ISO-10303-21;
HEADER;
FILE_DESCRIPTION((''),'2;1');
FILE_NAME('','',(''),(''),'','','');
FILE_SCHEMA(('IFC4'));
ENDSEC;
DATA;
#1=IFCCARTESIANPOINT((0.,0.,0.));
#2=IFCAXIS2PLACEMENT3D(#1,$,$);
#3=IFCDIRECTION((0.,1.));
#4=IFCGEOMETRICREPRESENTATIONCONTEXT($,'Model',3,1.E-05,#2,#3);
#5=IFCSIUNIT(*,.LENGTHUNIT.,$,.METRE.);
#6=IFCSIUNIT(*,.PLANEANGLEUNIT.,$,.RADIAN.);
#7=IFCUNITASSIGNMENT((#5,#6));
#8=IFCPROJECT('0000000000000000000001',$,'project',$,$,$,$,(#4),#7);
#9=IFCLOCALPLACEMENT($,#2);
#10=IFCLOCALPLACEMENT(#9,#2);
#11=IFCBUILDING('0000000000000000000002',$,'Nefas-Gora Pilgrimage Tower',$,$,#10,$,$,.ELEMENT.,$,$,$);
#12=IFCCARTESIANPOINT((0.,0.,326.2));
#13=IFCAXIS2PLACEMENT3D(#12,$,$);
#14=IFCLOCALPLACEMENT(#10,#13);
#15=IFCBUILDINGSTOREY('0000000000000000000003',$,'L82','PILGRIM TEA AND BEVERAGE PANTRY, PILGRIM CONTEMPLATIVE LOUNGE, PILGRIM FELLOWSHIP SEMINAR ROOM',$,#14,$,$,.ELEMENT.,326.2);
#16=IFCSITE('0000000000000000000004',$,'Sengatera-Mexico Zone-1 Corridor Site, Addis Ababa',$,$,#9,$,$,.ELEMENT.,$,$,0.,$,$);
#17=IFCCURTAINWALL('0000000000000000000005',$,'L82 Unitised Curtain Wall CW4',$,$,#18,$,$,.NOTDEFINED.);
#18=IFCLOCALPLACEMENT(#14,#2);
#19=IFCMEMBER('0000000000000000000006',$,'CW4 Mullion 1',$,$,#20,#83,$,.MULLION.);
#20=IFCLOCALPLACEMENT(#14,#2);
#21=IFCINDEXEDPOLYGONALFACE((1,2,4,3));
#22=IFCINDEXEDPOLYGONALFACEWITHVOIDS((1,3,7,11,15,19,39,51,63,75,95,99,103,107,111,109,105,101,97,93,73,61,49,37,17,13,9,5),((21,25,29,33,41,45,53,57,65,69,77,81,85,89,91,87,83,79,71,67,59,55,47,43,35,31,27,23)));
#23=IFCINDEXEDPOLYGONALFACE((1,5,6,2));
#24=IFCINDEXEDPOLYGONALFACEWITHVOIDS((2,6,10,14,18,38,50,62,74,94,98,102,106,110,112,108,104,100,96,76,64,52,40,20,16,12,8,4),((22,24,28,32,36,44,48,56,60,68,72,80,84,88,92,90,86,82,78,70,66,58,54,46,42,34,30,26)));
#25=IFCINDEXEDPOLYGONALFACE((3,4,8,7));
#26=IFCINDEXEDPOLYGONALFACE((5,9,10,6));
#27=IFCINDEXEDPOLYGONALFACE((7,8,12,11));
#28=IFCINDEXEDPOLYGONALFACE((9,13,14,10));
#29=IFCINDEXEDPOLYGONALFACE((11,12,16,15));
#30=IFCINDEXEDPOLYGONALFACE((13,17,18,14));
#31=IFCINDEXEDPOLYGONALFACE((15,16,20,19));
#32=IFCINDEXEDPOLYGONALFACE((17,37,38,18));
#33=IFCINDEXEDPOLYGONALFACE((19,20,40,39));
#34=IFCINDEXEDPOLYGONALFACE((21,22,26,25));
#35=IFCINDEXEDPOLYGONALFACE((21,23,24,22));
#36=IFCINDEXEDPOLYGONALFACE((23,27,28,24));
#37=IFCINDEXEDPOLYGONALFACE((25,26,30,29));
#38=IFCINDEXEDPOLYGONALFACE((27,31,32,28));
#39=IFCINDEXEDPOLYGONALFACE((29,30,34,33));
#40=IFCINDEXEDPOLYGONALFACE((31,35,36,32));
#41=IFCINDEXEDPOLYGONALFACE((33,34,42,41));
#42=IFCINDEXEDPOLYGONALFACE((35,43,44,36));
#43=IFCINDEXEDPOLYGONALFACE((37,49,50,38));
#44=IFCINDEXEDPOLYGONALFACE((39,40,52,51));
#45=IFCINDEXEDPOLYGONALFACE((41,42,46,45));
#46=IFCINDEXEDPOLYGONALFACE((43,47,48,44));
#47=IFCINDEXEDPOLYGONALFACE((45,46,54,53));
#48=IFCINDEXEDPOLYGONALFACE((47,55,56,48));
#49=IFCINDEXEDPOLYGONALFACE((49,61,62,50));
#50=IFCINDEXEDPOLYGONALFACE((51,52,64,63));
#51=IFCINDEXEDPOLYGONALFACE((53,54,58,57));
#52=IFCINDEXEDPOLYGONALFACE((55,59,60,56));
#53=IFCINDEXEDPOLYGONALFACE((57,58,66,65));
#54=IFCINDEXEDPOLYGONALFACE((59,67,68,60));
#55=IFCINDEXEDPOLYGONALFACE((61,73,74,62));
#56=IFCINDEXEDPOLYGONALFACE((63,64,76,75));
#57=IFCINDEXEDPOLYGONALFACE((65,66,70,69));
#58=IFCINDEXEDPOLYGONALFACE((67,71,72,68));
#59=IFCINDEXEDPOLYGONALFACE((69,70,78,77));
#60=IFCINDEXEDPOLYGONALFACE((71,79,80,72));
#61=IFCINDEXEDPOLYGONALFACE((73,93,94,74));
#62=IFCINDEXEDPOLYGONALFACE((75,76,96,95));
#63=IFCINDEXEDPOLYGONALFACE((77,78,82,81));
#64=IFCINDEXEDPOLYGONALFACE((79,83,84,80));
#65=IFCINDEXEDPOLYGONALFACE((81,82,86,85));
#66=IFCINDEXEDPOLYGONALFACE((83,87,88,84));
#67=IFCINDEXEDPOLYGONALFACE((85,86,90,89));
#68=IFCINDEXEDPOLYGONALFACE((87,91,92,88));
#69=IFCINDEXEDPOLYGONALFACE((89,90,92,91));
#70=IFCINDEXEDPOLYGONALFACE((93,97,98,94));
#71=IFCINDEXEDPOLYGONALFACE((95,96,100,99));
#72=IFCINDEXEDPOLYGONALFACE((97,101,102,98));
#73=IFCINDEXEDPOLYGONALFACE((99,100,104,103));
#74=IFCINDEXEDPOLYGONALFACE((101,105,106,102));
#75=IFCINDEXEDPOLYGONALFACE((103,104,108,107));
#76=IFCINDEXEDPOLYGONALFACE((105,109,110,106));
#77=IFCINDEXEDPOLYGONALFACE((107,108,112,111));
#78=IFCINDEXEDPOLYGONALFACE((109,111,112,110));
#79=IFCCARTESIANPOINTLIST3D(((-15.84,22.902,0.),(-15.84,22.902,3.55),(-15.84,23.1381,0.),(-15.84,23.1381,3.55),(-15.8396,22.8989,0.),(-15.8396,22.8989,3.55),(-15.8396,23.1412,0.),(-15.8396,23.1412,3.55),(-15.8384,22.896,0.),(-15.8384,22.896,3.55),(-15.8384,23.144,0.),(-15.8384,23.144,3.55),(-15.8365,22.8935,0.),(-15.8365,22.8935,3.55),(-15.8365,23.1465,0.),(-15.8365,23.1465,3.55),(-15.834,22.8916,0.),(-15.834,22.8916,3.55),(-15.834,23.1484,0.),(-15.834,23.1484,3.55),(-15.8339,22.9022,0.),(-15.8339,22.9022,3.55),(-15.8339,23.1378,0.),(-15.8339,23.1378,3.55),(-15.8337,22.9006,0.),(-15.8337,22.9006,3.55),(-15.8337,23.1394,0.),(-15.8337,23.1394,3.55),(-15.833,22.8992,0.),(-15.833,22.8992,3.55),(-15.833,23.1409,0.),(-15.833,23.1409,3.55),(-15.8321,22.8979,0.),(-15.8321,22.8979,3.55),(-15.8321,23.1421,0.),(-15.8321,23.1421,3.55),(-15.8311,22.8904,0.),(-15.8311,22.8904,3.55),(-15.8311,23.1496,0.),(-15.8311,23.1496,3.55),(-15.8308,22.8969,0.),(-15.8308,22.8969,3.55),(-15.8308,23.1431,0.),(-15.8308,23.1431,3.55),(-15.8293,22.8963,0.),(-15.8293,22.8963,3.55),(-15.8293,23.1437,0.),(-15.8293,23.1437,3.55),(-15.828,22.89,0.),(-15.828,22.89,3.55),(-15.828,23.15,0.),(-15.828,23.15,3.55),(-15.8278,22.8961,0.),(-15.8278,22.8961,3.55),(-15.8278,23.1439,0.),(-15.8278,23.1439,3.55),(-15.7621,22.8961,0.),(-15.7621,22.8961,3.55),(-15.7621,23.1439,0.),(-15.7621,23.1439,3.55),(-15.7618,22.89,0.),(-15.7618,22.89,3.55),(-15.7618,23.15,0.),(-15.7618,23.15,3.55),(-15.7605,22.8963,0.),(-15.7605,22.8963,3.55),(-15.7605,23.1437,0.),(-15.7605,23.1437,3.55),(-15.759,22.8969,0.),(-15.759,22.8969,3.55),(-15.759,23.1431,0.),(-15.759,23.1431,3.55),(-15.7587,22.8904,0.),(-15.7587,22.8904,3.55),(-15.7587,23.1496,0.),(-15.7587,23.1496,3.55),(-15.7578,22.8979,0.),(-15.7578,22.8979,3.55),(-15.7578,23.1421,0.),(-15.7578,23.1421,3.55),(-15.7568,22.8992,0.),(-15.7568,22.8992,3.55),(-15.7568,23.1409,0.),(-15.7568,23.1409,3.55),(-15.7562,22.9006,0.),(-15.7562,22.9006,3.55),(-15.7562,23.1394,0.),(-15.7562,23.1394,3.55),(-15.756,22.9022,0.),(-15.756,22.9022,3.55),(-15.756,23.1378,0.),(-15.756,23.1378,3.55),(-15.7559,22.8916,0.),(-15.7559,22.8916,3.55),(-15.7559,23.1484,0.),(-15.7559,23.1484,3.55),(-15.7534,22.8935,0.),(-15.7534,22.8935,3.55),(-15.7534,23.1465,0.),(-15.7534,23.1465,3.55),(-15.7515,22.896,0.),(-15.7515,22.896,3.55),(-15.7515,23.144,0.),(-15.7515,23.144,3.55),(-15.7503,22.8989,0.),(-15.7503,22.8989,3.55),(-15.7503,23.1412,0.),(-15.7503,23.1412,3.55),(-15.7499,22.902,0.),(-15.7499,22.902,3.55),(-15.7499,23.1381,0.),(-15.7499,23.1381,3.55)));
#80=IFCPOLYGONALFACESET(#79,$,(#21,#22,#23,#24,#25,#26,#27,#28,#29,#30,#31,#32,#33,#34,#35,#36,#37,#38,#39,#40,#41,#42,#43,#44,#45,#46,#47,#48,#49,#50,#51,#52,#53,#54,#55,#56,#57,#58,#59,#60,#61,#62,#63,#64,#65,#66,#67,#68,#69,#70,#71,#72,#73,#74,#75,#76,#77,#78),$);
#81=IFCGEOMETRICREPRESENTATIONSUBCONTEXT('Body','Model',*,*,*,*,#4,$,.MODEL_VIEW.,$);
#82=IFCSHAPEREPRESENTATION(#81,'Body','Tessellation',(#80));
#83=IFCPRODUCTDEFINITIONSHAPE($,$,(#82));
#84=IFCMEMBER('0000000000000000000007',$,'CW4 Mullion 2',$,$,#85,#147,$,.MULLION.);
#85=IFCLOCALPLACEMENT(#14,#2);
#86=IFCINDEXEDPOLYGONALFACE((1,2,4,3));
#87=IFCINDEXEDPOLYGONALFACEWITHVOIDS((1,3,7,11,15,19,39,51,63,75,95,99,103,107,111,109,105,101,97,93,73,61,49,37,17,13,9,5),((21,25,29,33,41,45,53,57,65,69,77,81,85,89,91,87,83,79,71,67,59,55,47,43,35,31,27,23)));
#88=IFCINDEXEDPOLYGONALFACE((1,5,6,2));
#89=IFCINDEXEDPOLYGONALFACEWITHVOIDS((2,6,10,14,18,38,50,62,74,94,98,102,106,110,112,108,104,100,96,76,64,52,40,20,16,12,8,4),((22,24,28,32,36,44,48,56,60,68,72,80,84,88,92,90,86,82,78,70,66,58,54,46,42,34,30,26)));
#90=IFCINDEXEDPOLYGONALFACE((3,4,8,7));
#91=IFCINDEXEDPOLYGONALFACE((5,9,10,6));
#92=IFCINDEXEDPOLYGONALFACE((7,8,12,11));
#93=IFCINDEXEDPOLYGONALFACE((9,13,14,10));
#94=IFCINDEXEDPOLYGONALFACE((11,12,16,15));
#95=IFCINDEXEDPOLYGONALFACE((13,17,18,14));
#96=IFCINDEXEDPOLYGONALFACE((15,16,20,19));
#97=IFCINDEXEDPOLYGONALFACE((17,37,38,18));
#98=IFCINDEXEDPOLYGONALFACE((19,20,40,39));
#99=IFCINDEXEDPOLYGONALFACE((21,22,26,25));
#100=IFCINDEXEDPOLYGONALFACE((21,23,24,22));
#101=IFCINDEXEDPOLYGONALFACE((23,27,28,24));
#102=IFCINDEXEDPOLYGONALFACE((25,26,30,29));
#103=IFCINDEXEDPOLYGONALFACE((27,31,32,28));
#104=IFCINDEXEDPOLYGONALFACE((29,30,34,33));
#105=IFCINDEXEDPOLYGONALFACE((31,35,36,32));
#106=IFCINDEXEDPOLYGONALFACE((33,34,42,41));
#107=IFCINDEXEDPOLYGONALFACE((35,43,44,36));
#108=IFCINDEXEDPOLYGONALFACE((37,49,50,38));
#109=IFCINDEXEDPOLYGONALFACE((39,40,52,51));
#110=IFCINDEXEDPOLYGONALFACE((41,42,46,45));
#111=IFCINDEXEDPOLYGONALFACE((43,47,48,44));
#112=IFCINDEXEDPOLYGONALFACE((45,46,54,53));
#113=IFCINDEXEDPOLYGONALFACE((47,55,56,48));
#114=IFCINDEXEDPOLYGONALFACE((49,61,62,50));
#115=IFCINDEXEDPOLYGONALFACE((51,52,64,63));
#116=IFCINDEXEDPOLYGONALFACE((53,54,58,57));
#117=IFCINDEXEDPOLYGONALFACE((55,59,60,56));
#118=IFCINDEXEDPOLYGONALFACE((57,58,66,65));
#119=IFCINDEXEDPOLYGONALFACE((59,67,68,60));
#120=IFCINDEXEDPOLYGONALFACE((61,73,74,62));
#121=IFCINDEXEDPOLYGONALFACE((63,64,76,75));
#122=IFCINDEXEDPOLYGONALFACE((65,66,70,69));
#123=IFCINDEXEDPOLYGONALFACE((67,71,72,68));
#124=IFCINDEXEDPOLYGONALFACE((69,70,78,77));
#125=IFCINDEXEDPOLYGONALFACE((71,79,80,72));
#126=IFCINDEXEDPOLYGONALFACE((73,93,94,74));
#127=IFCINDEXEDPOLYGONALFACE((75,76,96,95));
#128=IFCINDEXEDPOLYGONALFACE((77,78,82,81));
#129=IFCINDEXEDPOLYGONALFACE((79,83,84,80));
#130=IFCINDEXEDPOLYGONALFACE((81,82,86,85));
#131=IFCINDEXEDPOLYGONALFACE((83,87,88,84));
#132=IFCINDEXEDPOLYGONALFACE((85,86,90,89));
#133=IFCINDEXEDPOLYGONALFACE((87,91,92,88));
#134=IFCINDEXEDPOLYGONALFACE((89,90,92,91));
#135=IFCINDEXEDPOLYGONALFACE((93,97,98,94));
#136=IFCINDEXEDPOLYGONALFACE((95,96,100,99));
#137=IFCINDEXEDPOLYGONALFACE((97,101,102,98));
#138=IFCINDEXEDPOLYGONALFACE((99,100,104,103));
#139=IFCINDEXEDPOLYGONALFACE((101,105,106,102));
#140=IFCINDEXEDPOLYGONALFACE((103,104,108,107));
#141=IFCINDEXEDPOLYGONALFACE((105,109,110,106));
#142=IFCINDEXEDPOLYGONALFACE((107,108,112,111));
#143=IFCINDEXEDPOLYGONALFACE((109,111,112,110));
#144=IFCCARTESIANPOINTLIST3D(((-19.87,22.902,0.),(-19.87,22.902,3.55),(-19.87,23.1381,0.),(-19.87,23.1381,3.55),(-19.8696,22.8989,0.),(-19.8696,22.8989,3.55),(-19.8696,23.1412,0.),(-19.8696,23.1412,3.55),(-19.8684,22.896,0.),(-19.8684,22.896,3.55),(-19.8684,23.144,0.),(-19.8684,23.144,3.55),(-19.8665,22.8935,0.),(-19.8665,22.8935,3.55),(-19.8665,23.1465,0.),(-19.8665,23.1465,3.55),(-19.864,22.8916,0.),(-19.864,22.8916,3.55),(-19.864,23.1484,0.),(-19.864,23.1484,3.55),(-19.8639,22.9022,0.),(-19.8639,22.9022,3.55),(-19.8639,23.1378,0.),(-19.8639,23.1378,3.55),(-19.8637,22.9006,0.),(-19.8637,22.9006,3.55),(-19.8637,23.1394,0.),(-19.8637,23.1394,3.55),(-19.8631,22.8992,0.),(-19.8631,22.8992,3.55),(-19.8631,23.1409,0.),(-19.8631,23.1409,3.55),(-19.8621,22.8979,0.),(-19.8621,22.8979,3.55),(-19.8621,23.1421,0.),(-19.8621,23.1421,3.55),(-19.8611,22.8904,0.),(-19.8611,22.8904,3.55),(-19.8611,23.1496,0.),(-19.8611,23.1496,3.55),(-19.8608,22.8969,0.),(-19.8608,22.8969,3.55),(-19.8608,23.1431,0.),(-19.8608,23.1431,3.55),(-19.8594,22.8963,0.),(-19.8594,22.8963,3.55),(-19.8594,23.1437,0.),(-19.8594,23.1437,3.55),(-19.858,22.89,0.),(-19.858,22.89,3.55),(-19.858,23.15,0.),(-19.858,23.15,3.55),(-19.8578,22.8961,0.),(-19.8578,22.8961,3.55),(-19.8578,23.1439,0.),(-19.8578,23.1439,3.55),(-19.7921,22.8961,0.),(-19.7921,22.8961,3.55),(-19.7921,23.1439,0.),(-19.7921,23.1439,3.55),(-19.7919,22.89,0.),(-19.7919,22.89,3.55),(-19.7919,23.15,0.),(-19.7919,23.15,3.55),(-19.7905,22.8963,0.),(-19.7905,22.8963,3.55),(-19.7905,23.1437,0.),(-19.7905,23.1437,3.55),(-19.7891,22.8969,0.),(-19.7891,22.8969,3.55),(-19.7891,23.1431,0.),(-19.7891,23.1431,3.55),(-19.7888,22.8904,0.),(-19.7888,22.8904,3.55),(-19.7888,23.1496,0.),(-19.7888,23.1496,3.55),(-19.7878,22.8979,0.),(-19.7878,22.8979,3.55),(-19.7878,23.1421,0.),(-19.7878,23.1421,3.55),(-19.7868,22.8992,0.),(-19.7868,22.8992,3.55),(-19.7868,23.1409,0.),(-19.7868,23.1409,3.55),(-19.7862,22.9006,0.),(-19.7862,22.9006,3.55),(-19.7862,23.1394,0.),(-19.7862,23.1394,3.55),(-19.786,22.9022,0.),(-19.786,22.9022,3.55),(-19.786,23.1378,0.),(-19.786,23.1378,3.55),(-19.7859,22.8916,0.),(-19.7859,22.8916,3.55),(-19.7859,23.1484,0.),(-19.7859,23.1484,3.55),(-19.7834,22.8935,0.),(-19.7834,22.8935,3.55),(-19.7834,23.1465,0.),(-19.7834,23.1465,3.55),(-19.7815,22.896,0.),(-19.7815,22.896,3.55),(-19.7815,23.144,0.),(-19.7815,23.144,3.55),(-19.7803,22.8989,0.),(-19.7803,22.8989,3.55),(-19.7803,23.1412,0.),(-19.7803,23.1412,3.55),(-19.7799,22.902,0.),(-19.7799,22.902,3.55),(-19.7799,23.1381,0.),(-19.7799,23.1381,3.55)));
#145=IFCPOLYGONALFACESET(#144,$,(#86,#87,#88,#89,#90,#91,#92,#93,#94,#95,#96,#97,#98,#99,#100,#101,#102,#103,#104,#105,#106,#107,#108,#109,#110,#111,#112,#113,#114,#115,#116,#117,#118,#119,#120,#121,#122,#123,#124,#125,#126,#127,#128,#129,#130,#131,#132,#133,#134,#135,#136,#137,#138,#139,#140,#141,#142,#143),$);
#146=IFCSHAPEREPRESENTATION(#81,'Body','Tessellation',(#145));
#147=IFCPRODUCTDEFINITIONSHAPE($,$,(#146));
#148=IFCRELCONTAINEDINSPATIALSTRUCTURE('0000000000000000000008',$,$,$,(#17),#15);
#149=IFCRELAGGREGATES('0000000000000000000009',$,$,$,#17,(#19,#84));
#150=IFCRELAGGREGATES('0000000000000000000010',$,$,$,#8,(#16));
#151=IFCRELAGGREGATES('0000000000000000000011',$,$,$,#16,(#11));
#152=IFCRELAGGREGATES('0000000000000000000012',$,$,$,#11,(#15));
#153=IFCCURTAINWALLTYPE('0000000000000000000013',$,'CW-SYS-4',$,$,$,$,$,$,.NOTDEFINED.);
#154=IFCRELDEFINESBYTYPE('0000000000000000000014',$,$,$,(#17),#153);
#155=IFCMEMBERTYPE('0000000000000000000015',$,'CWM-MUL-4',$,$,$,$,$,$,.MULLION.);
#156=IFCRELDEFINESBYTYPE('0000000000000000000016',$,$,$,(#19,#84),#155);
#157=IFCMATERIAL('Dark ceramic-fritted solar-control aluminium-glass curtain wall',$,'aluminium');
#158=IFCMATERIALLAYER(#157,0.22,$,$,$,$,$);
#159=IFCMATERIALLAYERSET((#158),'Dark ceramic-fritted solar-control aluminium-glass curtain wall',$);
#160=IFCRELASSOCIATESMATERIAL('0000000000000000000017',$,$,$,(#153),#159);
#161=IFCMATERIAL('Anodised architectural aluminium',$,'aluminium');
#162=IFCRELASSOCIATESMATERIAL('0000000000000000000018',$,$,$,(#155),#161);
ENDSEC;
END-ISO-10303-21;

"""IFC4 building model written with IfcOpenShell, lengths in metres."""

from ifc_helpers import new_model, si_unit, direction, frame, origin, origin_2d, place, context, subcontext, project, spatial, hollow_rectangle, extrude, source, transform, mapped, material, layer, layer_set, material_profile, profile_set, type_object, element, aggregate, save


model = new_model("IFC4")

# Units and contexts
model_context = context("Model", 3, precision=1e-05, world=origin(), true_north=direction((0.0, 1.0)))
body_context = subcontext(model_context, "Body", "Model", "MODEL_VIEW")
ifc_project = project(units=[si_unit("LENGTHUNIT", "METRE"), si_unit("PLANEANGLEUNIT", "RADIAN")], contexts=[model_context])

# Site, building, storey
site_placement = place(None, origin())
site = spatial("IfcSite", under=ifc_project, at=site_placement, Name="Sengatera-Mexico Zone-1 Corridor Site, Addis Ababa", CompositionType="ELEMENT", RefElevation=0.0)
building_placement = place(site_placement, origin())
building = spatial("IfcBuilding", under=site, at=building_placement, Name="Nefas-Gora Pilgrimage Tower", CompositionType="ELEMENT")
storey_placement = place(building_placement, frame((0.0, 0.0, 326.2)))
storey = spatial("IfcBuildingStorey", under=building, at=storey_placement, Name="L82", Description="PILGRIM TEA AND BEVERAGE PANTRY, PILGRIM CONTEMPLATIVE LOUNGE, PILGRIM FELLOWSHIP SEMINAR ROOM", CompositionType="ELEMENT", Elevation=326.2)

# Shared definitions
ifc_material_1 = material(Name="Dark ceramic-fritted solar-control aluminium-glass curtain wall", Category="aluminium")
ifc_material_2 = material(Name="Anodised architectural aluminium", Category="aluminium")

# Curtain wall, members
ifc_layer_1 = layer(ifc_material_1, 0.22)
ifc_layer_set_1 = layer_set([ifc_layer_1], Name="Dark ceramic-fritted solar-control aluminium-glass curtain wall")
curtain_wall_type_1 = type_object("IfcCurtainWallType", Name="CW-SYS-4", PredefinedType="NOTDEFINED", material=ifc_layer_set_1)
curtain_wall_1_placement = place(storey_placement, origin())
curtain_wall_1 = element("IfcCurtainWall", 1, at=curtain_wall_1_placement, inside=storey, type_object=curtain_wall_type_1, Name="L82 Unitised Curtain Wall CW4", PredefinedType="NOTDEFINED")
ifc_material_profile_1 = material_profile(ifc_material_2, hollow_rectangle(XDim=0.0901, YDim=0.26, WallThickness=0.0061, InnerFilletRadius=0.0061, OuterFilletRadius=0.012, at=origin_2d()), Name="ALU MULLION 90x260")
ifc_profile_set_1 = profile_set([ifc_material_profile_1], Name="Anodised architectural aluminium")
member_type_1 = type_object("IfcMemberType", Name="CWM-MUL-4", PredefinedType="MULLION", material=ifc_profile_set_1)
shared_shape_1 = source(origin(), body_context, "Body", "SweptSolid", [
    extrude(hollow_rectangle(XDim=0.0901, YDim=0.26, WallThickness=0.0061, InnerFilletRadius=0.0061, OuterFilletRadius=0.012, at=origin_2d()), origin(), (0.0, 0.0, 1.0), 3.55),
])
member_1_placement = place(storey_placement, frame((-15.7949, 23.02, 0.0), z_axis=(0.0, 0.0, 1.0), x_axis=(-1.0, 0.0, 0.0)))
member_1 = element("IfcMember", 2, at=member_1_placement, type_object=member_type_1, Name="CW4 Mullion 1", PredefinedType="MULLION", context=body_context, shape_type="MappedRepresentation", body=[
    mapped(shared_shape_1, transform((0.0, 0.0, 0.0), x_axis=(1.0, 0.0, 0.0), y_axis=(0.0, 1.0, 0.0), z_axis=(0.0, 0.0, 1.0), scale=1.0)),
])
member_2_placement = place(storey_placement, frame((-19.825, 23.02, 0.0), z_axis=(0.0, 0.0, 1.0), x_axis=(-1.0, 0.0, 0.0)))
member_2 = element("IfcMember", 3, at=member_2_placement, type_object=member_type_1, Name="CW4 Mullion 2", PredefinedType="MULLION", context=body_context, shape_type="MappedRepresentation", body=[
    mapped(shared_shape_1, transform((0.0, 0.0, 0.0), x_axis=(1.0, 0.0, 0.0), y_axis=(0.0, 1.0, 0.0), z_axis=(0.0, 0.0, 1.0), scale=1.0)),
])

aggregate(curtain_wall_1, [member_1, member_2])

save(model, "model.ifc")
